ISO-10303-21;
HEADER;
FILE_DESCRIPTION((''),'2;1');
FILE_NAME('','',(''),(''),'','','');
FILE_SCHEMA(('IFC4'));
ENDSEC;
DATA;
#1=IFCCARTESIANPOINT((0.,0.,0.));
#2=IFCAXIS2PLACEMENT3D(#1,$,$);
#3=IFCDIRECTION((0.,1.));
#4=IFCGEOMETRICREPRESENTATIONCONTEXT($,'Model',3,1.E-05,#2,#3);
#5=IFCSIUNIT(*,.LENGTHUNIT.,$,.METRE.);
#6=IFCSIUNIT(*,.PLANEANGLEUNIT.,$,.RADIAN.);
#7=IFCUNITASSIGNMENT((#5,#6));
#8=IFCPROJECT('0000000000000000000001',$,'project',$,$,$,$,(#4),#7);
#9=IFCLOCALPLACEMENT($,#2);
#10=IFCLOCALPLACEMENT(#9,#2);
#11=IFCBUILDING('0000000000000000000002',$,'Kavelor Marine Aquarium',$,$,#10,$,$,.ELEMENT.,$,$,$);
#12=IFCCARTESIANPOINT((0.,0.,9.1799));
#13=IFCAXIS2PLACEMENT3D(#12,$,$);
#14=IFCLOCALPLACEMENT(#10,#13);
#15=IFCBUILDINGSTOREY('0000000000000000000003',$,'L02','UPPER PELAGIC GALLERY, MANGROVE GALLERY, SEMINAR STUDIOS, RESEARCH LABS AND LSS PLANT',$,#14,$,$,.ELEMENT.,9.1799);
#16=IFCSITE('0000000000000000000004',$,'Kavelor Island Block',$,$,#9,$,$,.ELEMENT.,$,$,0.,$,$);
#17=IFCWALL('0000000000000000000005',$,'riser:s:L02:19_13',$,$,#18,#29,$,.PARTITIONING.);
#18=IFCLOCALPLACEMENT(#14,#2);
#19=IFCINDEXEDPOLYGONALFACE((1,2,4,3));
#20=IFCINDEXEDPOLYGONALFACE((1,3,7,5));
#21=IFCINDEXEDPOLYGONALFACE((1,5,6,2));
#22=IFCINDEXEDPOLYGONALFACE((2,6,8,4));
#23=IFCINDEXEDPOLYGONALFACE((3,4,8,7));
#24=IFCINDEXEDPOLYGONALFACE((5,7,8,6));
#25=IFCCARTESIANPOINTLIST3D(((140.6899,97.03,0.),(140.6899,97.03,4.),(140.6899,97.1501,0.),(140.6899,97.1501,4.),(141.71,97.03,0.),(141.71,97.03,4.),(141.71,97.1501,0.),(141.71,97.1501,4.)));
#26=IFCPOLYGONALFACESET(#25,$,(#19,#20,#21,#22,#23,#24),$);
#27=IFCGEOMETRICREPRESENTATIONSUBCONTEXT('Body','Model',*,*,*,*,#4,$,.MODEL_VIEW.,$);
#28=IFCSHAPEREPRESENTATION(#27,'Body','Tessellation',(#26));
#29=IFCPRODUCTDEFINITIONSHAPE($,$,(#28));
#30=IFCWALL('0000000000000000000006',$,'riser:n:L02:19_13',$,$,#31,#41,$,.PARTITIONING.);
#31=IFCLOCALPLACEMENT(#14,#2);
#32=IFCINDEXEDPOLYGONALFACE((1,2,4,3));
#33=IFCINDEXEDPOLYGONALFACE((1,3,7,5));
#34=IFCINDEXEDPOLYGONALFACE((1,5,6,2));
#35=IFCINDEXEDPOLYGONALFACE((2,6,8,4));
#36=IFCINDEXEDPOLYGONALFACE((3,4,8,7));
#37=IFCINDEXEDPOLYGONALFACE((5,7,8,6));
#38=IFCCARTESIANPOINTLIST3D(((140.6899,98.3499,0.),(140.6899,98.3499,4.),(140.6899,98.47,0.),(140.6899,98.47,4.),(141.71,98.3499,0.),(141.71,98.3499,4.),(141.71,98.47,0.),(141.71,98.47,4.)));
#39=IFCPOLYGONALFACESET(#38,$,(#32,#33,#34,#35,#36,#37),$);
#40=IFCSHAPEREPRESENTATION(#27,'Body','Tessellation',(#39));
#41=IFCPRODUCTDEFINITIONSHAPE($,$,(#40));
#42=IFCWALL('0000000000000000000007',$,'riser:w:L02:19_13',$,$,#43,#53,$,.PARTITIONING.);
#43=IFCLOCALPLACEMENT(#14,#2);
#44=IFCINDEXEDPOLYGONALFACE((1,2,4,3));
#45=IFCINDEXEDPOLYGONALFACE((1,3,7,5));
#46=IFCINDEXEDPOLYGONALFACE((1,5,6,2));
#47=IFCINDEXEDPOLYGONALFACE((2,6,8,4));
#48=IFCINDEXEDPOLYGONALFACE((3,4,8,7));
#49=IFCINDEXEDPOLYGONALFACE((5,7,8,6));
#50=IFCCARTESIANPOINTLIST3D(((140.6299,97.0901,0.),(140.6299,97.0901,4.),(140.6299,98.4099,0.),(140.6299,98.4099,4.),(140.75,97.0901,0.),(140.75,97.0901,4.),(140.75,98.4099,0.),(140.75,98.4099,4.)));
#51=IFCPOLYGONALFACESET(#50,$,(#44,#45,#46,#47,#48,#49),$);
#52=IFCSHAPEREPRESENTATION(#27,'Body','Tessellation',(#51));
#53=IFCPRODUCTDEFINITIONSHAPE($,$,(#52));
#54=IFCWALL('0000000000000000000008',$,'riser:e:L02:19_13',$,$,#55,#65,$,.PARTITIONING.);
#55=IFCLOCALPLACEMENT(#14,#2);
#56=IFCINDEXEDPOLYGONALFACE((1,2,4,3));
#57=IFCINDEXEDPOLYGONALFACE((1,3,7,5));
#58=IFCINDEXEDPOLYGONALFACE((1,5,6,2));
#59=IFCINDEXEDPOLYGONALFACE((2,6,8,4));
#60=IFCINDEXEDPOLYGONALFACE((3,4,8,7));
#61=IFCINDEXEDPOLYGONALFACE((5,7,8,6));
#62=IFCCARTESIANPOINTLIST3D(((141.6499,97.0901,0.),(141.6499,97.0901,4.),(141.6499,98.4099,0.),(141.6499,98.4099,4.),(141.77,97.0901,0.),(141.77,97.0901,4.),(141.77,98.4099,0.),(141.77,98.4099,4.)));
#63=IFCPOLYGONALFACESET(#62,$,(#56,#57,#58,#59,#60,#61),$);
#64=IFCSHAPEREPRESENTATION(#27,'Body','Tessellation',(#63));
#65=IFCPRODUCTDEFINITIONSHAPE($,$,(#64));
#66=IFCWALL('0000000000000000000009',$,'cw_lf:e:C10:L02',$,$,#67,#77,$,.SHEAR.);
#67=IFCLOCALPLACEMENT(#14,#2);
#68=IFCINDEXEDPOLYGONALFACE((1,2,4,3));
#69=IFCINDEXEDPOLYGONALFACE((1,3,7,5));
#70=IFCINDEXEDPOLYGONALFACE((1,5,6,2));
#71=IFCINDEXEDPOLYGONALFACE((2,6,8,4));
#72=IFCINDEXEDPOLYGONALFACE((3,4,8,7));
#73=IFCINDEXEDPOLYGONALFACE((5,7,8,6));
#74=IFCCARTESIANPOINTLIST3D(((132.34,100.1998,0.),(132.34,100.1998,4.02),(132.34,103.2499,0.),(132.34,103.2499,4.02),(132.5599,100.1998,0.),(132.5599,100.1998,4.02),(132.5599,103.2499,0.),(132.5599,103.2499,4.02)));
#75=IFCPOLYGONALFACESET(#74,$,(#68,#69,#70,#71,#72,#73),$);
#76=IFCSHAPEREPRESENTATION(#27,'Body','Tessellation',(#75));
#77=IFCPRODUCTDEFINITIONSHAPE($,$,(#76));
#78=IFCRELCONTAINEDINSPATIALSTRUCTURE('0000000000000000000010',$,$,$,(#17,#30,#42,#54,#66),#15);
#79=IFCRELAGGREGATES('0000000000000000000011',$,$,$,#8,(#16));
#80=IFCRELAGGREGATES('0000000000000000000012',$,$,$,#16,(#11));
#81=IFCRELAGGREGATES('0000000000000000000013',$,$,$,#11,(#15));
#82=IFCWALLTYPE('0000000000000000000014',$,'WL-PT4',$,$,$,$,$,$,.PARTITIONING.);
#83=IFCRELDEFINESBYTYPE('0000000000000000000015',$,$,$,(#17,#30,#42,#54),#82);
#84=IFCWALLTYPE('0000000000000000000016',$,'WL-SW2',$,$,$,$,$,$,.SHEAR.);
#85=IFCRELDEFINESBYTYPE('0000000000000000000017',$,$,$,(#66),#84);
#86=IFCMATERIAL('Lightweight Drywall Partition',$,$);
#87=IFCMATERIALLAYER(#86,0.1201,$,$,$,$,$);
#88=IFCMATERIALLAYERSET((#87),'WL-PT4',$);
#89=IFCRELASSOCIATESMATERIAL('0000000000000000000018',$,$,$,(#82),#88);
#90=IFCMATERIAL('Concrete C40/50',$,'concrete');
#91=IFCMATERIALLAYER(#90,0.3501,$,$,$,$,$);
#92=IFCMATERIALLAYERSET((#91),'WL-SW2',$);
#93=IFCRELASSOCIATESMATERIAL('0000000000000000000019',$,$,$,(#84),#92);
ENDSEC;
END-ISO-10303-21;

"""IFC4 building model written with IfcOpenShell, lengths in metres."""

from ifc_helpers import new_model, si_unit, direction, frame, frame_2d, origin, place, context, subcontext, project, spatial, rectangle, extrude, material, layer, layer_set, type_object, element, save


model = new_model("IFC4")

# Units and contexts
model_context = context("Model", 3, precision=1e-05, world=origin(), true_north=direction((0.0, 1.0)))
body_context = subcontext(model_context, "Body", "Model", "MODEL_VIEW")
ifc_project = project(units=[si_unit("LENGTHUNIT", "METRE"), si_unit("PLANEANGLEUNIT", "RADIAN")], contexts=[model_context])

# Site, building, storey
site_placement = place(None, origin())
site = spatial("IfcSite", under=ifc_project, at=site_placement, Name="Kavelor Island Block", CompositionType="ELEMENT", RefElevation=0.0)
building_placement = place(site_placement, origin())
building = spatial("IfcBuilding", under=site, at=building_placement, Name="Kavelor Marine Aquarium", CompositionType="ELEMENT")
storey_placement = place(building_placement, frame((0.0, 0.0, 9.1799)))
storey = spatial("IfcBuildingStorey", under=building, at=storey_placement, Name="L02", Description="UPPER PELAGIC GALLERY, MANGROVE GALLERY, SEMINAR STUDIOS, RESEARCH LABS AND LSS PLANT", CompositionType="ELEMENT", Elevation=9.1799)

# Walls
ifc_material_1 = material(Name="Lightweight Drywall Partition")
ifc_layer_1 = layer(ifc_material_1, 0.1201)
ifc_layer_set_1 = layer_set([ifc_layer_1], Name="WL-PT4")
wall_type_1 = type_object("IfcWallType", Name="WL-PT4", PredefinedType="PARTITIONING", material=ifc_layer_set_1)
for number, where, z_axis, x_axis, name in (
    (1, (140.6899, 97.0901, 0.0), (0.0, 0.0, 1.0), (1.0, 0.0, 0.0), "riser:s:L02:19_13"),
    (2, (140.6899, 98.4099, 0.0), (0.0, 0.0, 1.0), (1.0, 0.0, 0.0), "riser:n:L02:19_13"),
):
    element("IfcWall", number, at=place(storey_placement, frame(where, z_axis=z_axis, x_axis=x_axis)), inside=storey, type_object=wall_type_1, Name=name, PredefinedType="PARTITIONING", context=body_context, shape_type="SweptSolid", body=[
        extrude(rectangle(XDim=1.02, YDim=0.1201, at=frame_2d((0.51, 0.0))), origin(), (0.0, 0.0, 1.0), 4.0),
    ])
for number, where, z_axis, x_axis, name in (
    (3, (140.6899, 97.0901, 0.0), (0.0, 0.0, 1.0), (0.0, 1.0, 0.0), "riser:w:L02:19_13"),
    (4, (141.71, 97.0901, 0.0), (0.0, 0.0, 1.0), (0.0, 1.0, 0.0), "riser:e:L02:19_13"),
):
    element("IfcWall", number, at=place(storey_placement, frame(where, z_axis=z_axis, x_axis=x_axis)), inside=storey, type_object=wall_type_1, Name=name, PredefinedType="PARTITIONING", context=body_context, shape_type="SweptSolid", body=[
        extrude(rectangle(XDim=1.3198, YDim=0.1201, at=frame_2d((0.6599, 0.0))), origin(), (0.0, 0.0, 1.0), 4.0),
    ])
ifc_material_2 = material(Name="Concrete C40/50", Category="concrete")
ifc_layer_2 = layer(ifc_material_2, 0.3501)
ifc_layer_set_2 = layer_set([ifc_layer_2], Name="WL-SW2")
wall_type_2 = type_object("IfcWallType", Name="WL-SW2", PredefinedType="SHEAR", material=ifc_layer_set_2)
wall_placement = place(storey_placement, frame((132.45, 100.2, 0.0), z_axis=(0.0, 0.0, 1.0), x_axis=(0.0, 1.0, 0.0)))
element("IfcWall", 5, at=wall_placement, inside=storey, type_object=wall_type_2, Name="cw_lf:e:C10:L02", PredefinedType="SHEAR", context=body_context, shape_type="SweptSolid", body=[
    extrude(rectangle(XDim=3.05, YDim=0.22, at=frame_2d((1.5249, 0.0))), origin(), (0.0, 0.0, 1.0), 4.02),
])

save(model, "model.ifc")
